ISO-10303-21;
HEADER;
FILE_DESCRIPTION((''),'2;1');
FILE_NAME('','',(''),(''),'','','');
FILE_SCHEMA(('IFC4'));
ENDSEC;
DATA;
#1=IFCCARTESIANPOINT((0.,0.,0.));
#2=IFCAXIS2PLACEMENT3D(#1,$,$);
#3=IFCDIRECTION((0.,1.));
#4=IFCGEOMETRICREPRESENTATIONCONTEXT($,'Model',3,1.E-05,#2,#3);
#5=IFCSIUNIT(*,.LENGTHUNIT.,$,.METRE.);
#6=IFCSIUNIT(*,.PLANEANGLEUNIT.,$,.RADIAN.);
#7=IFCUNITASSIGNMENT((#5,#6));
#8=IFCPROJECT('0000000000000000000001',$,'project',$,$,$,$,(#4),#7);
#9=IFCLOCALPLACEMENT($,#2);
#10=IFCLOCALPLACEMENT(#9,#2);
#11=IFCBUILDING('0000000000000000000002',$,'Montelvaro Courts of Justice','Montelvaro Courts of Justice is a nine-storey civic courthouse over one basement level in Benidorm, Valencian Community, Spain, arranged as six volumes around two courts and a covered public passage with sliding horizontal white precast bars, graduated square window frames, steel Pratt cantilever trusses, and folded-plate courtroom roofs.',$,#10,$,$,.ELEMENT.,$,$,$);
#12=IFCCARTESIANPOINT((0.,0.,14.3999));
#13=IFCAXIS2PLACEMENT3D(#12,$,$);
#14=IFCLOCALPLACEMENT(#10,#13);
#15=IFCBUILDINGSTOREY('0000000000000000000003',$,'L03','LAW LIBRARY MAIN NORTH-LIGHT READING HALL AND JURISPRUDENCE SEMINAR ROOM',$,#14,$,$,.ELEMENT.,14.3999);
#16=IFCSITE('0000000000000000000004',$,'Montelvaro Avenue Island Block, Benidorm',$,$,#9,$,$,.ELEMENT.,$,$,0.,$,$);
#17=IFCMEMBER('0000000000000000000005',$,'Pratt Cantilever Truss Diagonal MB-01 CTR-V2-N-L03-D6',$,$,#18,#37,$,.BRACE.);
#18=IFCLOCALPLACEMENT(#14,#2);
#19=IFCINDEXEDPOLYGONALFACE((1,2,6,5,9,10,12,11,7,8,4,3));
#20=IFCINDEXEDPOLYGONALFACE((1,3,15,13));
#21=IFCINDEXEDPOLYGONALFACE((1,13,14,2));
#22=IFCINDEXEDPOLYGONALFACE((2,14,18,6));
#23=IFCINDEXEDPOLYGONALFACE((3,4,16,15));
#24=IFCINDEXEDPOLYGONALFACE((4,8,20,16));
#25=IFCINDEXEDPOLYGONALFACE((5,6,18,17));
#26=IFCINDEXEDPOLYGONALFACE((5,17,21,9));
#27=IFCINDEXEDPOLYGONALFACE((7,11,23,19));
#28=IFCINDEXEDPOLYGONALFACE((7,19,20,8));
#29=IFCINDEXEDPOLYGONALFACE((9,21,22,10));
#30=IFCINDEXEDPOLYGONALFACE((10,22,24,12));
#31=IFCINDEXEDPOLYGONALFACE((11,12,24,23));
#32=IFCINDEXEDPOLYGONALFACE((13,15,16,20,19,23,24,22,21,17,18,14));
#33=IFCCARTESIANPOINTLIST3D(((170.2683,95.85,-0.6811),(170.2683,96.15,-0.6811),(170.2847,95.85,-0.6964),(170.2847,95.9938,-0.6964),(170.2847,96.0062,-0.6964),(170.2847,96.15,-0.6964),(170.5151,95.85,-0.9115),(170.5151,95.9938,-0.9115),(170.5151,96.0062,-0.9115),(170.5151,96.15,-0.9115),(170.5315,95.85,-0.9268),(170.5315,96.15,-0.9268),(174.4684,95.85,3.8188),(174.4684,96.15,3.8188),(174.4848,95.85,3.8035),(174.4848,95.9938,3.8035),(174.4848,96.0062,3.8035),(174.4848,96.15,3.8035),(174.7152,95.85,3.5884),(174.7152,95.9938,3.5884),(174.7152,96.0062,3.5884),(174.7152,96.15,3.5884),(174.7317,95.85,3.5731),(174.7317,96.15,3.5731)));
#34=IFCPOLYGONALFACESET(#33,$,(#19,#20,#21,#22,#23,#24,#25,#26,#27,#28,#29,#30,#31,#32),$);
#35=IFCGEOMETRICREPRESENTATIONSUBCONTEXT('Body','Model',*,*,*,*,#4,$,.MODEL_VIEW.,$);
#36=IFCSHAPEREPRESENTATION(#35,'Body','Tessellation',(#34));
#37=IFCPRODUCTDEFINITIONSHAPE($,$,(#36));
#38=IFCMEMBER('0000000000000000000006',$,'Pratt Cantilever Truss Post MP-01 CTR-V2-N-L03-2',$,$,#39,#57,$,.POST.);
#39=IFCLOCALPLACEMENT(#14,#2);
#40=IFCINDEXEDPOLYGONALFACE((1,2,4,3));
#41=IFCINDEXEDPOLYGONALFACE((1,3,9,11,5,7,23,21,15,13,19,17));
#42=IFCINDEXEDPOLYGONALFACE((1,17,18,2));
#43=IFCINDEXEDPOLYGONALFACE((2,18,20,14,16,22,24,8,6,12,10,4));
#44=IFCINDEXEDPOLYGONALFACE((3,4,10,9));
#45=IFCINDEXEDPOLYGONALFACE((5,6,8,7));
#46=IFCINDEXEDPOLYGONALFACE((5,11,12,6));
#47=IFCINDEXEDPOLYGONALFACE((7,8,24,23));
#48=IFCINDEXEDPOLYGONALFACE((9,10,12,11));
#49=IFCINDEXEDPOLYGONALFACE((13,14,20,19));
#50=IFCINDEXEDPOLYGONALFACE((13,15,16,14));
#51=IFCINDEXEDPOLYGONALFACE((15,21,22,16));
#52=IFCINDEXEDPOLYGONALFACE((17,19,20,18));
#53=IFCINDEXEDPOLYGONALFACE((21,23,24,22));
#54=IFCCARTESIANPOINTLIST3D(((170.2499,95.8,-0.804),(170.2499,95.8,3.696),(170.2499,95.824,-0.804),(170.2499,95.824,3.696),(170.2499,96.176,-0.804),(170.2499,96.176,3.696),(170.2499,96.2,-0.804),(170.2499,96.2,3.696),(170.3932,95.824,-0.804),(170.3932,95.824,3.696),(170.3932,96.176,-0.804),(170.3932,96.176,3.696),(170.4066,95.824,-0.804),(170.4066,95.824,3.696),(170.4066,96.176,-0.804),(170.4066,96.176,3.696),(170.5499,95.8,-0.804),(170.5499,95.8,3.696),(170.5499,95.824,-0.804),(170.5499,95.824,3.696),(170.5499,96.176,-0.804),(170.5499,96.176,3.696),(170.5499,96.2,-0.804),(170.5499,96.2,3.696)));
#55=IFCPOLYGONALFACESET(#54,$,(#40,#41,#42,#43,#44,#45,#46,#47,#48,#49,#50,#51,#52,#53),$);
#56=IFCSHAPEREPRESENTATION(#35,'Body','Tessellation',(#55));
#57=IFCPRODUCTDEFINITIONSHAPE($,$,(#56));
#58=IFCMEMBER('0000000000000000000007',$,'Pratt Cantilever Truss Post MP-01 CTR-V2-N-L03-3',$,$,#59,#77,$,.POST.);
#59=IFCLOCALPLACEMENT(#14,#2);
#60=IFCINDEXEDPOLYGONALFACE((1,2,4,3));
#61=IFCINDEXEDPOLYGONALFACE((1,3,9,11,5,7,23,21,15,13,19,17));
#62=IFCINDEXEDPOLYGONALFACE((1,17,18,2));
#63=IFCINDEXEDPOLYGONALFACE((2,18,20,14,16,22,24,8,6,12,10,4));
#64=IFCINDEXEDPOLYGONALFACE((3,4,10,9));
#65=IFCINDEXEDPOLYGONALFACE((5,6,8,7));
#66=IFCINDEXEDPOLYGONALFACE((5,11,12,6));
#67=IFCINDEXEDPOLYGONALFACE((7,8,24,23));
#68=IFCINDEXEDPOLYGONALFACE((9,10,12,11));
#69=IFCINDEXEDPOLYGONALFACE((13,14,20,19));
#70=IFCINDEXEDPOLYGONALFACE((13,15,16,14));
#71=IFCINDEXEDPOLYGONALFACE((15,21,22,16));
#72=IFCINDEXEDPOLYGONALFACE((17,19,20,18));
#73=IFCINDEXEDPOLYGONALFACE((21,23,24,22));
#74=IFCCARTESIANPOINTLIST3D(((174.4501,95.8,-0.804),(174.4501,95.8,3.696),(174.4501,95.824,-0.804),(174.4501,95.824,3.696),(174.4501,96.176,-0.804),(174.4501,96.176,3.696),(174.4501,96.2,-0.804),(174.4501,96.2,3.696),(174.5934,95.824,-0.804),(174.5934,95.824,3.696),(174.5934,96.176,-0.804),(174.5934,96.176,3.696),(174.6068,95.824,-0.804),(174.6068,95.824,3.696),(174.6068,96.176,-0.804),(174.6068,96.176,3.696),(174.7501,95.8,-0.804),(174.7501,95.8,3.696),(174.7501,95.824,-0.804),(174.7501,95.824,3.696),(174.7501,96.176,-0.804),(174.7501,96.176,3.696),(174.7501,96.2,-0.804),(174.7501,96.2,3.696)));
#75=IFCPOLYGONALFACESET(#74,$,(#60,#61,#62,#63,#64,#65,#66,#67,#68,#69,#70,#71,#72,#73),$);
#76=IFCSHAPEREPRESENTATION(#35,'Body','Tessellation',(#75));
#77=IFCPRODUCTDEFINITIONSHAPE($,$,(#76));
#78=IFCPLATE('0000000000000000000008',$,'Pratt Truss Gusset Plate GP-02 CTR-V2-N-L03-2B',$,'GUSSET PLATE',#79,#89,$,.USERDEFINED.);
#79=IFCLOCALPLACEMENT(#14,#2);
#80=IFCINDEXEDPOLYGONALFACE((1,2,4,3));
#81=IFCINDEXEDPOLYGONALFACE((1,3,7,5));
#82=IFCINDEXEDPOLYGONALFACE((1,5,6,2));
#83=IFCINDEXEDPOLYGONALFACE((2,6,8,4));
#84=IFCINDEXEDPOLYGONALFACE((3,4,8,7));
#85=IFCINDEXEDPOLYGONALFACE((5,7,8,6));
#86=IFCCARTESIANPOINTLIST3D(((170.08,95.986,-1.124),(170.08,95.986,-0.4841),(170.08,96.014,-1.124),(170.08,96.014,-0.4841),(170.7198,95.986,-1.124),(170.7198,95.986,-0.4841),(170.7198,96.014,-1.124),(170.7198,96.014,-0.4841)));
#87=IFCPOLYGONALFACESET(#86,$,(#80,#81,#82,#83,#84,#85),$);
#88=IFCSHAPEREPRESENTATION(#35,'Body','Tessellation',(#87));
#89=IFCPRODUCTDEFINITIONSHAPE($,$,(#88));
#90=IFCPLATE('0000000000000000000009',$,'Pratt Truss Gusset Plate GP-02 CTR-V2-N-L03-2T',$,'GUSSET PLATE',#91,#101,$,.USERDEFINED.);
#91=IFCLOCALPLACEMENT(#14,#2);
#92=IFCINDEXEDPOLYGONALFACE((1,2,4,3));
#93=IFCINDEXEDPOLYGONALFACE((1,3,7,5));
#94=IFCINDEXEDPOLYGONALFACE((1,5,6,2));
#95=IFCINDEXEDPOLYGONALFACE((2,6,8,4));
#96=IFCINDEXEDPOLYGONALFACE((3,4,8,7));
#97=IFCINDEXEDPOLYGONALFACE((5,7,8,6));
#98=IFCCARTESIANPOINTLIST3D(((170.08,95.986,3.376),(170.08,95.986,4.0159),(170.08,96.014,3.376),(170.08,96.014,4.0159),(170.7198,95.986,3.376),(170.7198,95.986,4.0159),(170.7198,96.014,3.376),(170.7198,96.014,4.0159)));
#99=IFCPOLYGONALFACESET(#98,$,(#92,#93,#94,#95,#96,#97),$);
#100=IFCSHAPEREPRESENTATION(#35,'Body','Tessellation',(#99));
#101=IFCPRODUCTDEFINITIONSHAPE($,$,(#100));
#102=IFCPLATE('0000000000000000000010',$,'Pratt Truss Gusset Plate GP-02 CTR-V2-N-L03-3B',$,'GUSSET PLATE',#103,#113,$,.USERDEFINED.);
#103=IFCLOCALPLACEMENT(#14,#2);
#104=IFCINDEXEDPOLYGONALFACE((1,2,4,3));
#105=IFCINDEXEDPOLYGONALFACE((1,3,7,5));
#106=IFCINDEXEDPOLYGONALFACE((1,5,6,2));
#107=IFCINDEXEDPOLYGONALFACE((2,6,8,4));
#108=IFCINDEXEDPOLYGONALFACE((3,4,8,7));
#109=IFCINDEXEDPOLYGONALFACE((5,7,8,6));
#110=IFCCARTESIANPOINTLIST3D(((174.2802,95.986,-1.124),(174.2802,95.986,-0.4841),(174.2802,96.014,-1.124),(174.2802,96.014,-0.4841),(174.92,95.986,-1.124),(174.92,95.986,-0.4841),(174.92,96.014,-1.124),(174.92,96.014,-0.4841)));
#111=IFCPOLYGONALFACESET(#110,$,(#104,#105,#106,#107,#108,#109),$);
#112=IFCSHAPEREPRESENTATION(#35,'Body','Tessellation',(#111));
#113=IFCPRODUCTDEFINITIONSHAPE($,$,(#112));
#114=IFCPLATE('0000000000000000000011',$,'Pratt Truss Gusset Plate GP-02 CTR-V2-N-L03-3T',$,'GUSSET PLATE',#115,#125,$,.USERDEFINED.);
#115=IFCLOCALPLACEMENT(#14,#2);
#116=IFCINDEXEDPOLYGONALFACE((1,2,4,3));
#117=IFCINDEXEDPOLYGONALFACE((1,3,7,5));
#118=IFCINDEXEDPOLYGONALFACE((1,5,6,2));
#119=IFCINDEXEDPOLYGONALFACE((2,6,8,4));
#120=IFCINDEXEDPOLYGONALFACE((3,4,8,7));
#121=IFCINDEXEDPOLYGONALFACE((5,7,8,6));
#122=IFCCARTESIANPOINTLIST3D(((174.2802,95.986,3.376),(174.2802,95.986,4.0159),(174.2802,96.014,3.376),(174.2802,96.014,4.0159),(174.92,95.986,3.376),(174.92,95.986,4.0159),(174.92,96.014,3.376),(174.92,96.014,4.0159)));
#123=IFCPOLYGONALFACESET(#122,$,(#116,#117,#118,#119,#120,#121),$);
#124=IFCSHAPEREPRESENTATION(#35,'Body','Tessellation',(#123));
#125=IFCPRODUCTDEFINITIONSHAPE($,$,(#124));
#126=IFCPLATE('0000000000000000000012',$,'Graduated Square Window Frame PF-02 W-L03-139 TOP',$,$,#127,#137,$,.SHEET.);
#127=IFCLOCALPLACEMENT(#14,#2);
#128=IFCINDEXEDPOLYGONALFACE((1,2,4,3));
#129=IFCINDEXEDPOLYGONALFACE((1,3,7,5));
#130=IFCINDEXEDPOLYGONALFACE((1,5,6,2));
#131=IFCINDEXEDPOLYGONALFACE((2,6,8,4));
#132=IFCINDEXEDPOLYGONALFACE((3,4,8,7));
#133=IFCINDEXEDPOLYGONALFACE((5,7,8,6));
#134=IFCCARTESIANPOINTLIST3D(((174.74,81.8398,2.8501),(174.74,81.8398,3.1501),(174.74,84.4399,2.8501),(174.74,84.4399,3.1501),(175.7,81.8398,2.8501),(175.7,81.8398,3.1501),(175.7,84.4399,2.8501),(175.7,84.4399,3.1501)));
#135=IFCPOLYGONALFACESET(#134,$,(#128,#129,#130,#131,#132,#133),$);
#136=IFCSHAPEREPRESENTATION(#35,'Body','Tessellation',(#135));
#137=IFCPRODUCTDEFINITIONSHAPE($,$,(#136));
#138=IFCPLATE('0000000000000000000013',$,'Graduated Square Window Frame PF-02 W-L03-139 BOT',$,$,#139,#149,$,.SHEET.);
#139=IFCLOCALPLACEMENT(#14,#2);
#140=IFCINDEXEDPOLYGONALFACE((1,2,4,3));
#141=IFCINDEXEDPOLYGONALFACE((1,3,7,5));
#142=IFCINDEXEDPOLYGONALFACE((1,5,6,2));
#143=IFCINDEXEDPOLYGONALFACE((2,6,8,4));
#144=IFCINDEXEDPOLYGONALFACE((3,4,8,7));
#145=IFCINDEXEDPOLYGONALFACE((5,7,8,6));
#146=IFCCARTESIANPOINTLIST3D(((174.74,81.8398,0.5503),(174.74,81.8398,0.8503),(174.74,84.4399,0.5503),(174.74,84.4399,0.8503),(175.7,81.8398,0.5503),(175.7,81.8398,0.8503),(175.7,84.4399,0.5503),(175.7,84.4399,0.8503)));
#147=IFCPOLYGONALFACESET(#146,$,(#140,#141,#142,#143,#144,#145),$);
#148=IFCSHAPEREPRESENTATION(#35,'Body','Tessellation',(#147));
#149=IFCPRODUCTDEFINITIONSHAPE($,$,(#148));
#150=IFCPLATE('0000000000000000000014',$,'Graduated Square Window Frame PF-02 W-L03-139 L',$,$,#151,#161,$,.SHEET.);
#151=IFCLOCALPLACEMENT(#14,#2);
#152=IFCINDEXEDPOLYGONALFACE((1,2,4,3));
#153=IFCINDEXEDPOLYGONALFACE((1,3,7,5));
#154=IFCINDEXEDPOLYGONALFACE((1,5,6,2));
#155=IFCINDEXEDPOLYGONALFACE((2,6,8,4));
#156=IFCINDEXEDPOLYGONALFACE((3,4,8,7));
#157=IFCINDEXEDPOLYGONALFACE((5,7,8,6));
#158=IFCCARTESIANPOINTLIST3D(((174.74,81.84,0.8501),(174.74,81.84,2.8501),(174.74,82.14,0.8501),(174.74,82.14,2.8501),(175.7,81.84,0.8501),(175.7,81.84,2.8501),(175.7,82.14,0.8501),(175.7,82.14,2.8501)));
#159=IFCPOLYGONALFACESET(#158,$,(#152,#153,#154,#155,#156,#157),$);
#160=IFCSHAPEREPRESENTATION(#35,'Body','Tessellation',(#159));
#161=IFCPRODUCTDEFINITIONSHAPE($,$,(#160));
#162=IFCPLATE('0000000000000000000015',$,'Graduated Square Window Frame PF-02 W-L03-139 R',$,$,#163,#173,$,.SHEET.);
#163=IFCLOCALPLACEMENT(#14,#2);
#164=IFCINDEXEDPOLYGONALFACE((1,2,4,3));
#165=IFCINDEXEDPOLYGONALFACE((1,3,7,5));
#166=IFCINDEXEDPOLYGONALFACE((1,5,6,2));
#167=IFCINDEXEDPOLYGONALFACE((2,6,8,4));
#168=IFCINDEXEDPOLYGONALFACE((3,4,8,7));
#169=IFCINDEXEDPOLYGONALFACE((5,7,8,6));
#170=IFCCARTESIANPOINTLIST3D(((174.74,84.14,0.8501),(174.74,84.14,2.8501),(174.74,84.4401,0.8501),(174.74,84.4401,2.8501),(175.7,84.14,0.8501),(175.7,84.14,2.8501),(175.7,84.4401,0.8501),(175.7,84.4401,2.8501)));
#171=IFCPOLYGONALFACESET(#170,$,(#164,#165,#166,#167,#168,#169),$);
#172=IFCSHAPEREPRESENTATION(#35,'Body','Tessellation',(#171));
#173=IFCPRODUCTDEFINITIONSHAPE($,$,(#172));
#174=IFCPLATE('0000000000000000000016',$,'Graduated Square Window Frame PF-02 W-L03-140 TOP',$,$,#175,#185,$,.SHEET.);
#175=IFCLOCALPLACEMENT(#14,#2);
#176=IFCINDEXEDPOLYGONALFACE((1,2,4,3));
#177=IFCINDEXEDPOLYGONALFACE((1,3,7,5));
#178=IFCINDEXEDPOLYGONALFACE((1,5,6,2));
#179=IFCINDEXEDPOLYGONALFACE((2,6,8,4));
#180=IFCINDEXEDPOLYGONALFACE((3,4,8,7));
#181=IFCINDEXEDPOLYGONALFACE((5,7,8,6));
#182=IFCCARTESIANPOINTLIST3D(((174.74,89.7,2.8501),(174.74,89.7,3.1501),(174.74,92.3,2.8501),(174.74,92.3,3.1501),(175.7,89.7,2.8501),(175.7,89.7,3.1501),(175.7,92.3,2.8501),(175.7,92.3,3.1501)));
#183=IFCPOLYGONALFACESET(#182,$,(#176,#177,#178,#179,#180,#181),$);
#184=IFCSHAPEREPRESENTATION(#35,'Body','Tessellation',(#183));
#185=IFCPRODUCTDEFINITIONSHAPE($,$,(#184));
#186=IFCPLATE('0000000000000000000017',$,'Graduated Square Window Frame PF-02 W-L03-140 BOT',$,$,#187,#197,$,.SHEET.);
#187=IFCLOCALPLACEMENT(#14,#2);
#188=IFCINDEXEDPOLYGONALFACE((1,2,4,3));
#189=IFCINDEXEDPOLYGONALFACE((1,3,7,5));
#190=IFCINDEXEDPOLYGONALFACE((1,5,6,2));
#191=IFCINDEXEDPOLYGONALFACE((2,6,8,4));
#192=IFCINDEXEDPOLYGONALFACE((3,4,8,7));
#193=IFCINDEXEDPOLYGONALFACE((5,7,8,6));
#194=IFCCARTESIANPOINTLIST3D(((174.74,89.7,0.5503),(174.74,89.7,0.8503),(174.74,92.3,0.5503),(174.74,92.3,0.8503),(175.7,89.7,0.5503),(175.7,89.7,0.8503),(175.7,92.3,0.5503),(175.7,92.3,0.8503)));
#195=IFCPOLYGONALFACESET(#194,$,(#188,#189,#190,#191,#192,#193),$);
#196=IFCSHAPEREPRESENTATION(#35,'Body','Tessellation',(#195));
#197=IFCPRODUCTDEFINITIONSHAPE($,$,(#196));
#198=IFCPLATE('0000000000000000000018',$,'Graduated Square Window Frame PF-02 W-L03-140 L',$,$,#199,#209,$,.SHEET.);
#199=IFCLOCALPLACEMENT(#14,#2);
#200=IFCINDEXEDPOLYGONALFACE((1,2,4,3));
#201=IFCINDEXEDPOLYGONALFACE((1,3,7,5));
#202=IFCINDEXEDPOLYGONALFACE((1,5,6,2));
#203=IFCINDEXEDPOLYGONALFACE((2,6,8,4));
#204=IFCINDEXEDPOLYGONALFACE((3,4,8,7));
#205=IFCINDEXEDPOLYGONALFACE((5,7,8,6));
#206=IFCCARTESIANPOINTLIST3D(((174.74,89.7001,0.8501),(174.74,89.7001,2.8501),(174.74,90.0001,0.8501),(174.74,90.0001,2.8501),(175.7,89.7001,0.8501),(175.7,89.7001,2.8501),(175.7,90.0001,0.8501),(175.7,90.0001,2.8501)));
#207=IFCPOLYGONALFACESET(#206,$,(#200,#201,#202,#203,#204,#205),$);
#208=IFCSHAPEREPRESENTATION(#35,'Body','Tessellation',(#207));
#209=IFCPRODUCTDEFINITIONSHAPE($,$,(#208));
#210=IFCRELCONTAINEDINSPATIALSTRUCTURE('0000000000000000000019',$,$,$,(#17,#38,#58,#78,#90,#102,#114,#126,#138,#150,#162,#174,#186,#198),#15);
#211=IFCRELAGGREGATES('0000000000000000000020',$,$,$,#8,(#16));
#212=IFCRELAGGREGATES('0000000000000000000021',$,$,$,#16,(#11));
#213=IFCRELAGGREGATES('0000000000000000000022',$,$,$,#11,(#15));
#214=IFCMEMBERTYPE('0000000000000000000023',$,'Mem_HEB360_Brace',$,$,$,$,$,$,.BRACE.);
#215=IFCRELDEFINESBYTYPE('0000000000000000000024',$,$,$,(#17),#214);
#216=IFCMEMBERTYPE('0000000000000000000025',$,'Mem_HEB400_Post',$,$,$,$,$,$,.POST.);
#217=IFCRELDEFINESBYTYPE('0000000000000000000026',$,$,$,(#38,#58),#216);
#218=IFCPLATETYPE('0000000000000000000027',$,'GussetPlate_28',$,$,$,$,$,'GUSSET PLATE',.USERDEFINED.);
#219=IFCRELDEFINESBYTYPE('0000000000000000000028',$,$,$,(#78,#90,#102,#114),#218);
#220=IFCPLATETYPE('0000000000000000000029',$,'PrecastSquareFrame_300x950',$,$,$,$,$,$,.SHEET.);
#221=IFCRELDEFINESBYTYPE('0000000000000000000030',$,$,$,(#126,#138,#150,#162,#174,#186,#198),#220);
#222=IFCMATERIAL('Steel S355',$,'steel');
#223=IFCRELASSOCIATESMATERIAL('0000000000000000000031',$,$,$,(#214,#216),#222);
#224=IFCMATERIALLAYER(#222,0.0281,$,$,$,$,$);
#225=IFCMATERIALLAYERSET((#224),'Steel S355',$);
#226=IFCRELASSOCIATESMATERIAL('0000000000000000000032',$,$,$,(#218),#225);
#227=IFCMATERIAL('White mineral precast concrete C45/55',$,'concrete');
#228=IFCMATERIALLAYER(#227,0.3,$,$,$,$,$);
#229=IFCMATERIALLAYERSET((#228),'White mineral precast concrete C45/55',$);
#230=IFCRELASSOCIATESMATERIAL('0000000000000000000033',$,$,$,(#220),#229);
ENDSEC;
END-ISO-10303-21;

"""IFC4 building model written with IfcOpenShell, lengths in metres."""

from ifc_helpers import new_model, si_unit, direction, frame, origin, origin_2d, place, context, subcontext, project, spatial, rectangle, i_section, extrude, material, layer, layer_set, material_profile, profile_set, type_object, element, save


model = new_model("IFC4")

# Units and contexts
model_context = context("Model", 3, precision=1e-05, world=origin(), true_north=direction((0.0, 1.0)))
body_context = subcontext(model_context, "Body", "Model", "MODEL_VIEW")
ifc_project = project(units=[si_unit("LENGTHUNIT", "METRE"), si_unit("PLANEANGLEUNIT", "RADIAN")], contexts=[model_context])

# Site, building, storey
site_placement = place(None, origin())
site = spatial("IfcSite", under=ifc_project, at=site_placement, Name="Montelvaro Avenue Island Block, Benidorm", CompositionType="ELEMENT", RefElevation=0.0)
building_placement = place(site_placement, origin())
building = spatial("IfcBuilding", under=site, at=building_placement, Name="Montelvaro Courts of Justice", Description="Montelvaro Courts of Justice is a nine-storey civic courthouse over one basement level in Benidorm, Valencian Community, Spain, arranged as six volumes around two courts and a covered public passage with sliding horizontal white precast bars, graduated square window frames, steel Pratt cantilever trusses, and folded-plate courtroom roofs.", CompositionType="ELEMENT")
storey_placement = place(building_placement, frame((0.0, 0.0, 14.3999)))
storey = spatial("IfcBuildingStorey", under=building, at=storey_placement, Name="L03", Description="LAW LIBRARY MAIN NORTH-LIGHT READING HALL AND JURISPRUDENCE SEMINAR ROOM", CompositionType="ELEMENT", Elevation=14.3999)

# Members
ifc_material_1 = material(Name="Steel S355", Category="steel")
ifc_material_profile_1 = material_profile(ifc_material_1, i_section(OverallWidth=0.3, OverallDepth=0.3601, WebThickness=0.0125, FlangeThickness=0.0225, at=origin_2d()), Name="HEB 360")
ifc_profile_set_1 = profile_set([ifc_material_profile_1], Name="Steel S355")
member_type_1 = type_object("IfcMemberType", Name="Mem_HEB360_Brace", PredefinedType="BRACE", material=ifc_profile_set_1)
member_placement = place(storey_placement, frame((170.3999, 96.0, -0.804), z_axis=(0.682335, 0.0, 0.731039), x_axis=(0.0, 1.0, 0.0)))
element("IfcMember", 1, at=member_placement, inside=storey, type_object=member_type_1, Name="Pratt Cantilever Truss Diagonal MB-01 CTR-V2-N-L03-D6", PredefinedType="BRACE", context=body_context, shape_type="SweptSolid", body=[
    extrude(i_section(OverallWidth=0.3, OverallDepth=0.3601, WebThickness=0.0125, FlangeThickness=0.0225, at=origin_2d()), origin(), (0.0, 0.0, 1.0), 6.1555),
])
ifc_material_profile_2 = material_profile(ifc_material_1, i_section(OverallWidth=0.3, OverallDepth=0.3999, WebThickness=0.0134, FlangeThickness=0.0239, at=origin_2d()), Name="HEB 400")
ifc_profile_set_2 = profile_set([ifc_material_profile_2], Name="Steel S355")
member_type_2 = type_object("IfcMemberType", Name="Mem_HEB400_Post", PredefinedType="POST", material=ifc_profile_set_2)
for number, where, z_axis, x_axis, name in (
    (2, (170.3999, 96.0, -0.804), (0.0, 0.0, 1.0), (1.0, 0.0, 0.0), "Pratt Cantilever Truss Post MP-01 CTR-V2-N-L03-2"),
    (3, (174.6001, 96.0, -0.804), (0.0, 0.0, 1.0), (1.0, 0.0, 0.0), "Pratt Cantilever Truss Post MP-01 CTR-V2-N-L03-3"),
):
    element("IfcMember", number, at=place(storey_placement, frame(where, z_axis=z_axis, x_axis=x_axis)), inside=storey, type_object=member_type_2, Name=name, PredefinedType="POST", context=body_context, shape_type="SweptSolid", body=[
        extrude(i_section(OverallWidth=0.3, OverallDepth=0.3999, WebThickness=0.0134, FlangeThickness=0.0239, at=origin_2d()), origin(), (0.0, 0.0, 1.0), 4.5),
    ])

# Plates
ifc_layer_1 = layer(ifc_material_1, 0.0281)
ifc_layer_set_1 = layer_set([ifc_layer_1], Name="Steel S355")
plate_type_1 = type_object("IfcPlateType", Name="GussetPlate_28", ElementType="GUSSET PLATE", PredefinedType="USERDEFINED", material=ifc_layer_set_1)
for number, where, z_axis, x_axis, name in (
    (4, (170.3999, 96.0, -1.124), (0.0, 0.0, 1.0), (1.0, 0.0, 0.0), "Pratt Truss Gusset Plate GP-02 CTR-V2-N-L03-2B"),
    (5, (170.3999, 96.0, 3.376), (0.0, 0.0, 1.0), (1.0, 0.0, 0.0), "Pratt Truss Gusset Plate GP-02 CTR-V2-N-L03-2T"),
    (6, (174.6001, 96.0, -1.124), (0.0, 0.0, 1.0), (1.0, 0.0, 0.0), "Pratt Truss Gusset Plate GP-02 CTR-V2-N-L03-3B"),
    (7, (174.6001, 96.0, 3.376), (0.0, 0.0, 1.0), (1.0, 0.0, 0.0), "Pratt Truss Gusset Plate GP-02 CTR-V2-N-L03-3T"),
):
    element("IfcPlate", number, at=place(storey_placement, frame(where, z_axis=z_axis, x_axis=x_axis)), inside=storey, type_object=plate_type_1, Name=name, ObjectType="GUSSET PLATE", PredefinedType="USERDEFINED", context=body_context, shape_type="SweptSolid", body=[
        extrude(rectangle(XDim=0.6399, YDim=0.0281, at=origin_2d()), origin(), (0.0, 0.0, 1.0), 0.6399),
    ])
ifc_material_2 = material(Name="White mineral precast concrete C45/55", Category="concrete")
ifc_layer_2 = layer(ifc_material_2, 0.3)
ifc_layer_set_2 = layer_set([ifc_layer_2], Name="White mineral precast concrete C45/55")
plate_type_2 = type_object("IfcPlateType", Name="PrecastSquareFrame_300x950", PredefinedType="SHEET", material=ifc_layer_set_2)
for number, where, z_axis, x_axis, name in (
    (8, (175.22, 83.1399, 2.8501), (0.0, 0.0, 1.0), (0.0, 1.0, 0.0), "Graduated Square Window Frame PF-02 W-L03-139 TOP"),
    (9, (175.22, 83.1399, 0.5503), (0.0, 0.0, 1.0), (0.0, 1.0, 0.0), "Graduated Square Window Frame PF-02 W-L03-139 BOT"),
):
    element("IfcPlate", number, at=place(storey_placement, frame(where, z_axis=z_axis, x_axis=x_axis)), inside=storey, type_object=plate_type_2, Name=name, PredefinedType="SHEET", context=body_context, shape_type="SweptSolid", body=[
        extrude(rectangle(XDim=2.6001, YDim=0.96, at=origin_2d()), origin(), (0.0, 0.0, 1.0), 0.3),
    ])
for number, where, z_axis, x_axis, name in (
    (10, (175.22, 81.99, 0.8501), (0.0, 0.0, 1.0), (0.0, 1.0, 0.0), "Graduated Square Window Frame PF-02 W-L03-139 L"),
    (11, (175.22, 84.29, 0.8501), (0.0, 0.0, 1.0), (0.0, 1.0, 0.0), "Graduated Square Window Frame PF-02 W-L03-139 R"),
):
    element("IfcPlate", number, at=place(storey_placement, frame(where, z_axis=z_axis, x_axis=x_axis)), inside=storey, type_object=plate_type_2, Name=name, PredefinedType="SHEET", context=body_context, shape_type="SweptSolid", body=[
        extrude(rectangle(XDim=0.3, YDim=0.96, at=origin_2d()), origin(), (0.0, 0.0, 1.0), 2.0),
    ])
for number, where, z_axis, x_axis, name in (
    (12, (175.22, 91.0, 2.8501), (0.0, 0.0, 1.0), (0.0, 1.0, 0.0), "Graduated Square Window Frame PF-02 W-L03-140 TOP"),
    (13, (175.22, 91.0, 0.5503), (0.0, 0.0, 1.0), (0.0, 1.0, 0.0), "Graduated Square Window Frame PF-02 W-L03-140 BOT"),
):
    element("IfcPlate", number, at=place(storey_placement, frame(where, z_axis=z_axis, x_axis=x_axis)), inside=storey, type_object=plate_type_2, Name=name, PredefinedType="SHEET", context=body_context, shape_type="SweptSolid", body=[
        extrude(rectangle(XDim=2.6001, YDim=0.96, at=origin_2d()), origin(), (0.0, 0.0, 1.0), 0.3),
    ])
for number, where, z_axis, x_axis, name in (
    (14, (175.22, 89.8501, 0.8501), (0.0, 0.0, 1.0), (0.0, 1.0, 0.0), "Graduated Square Window Frame PF-02 W-L03-140 L"),
):
    element("IfcPlate", number, at=place(storey_placement, frame(where, z_axis=z_axis, x_axis=x_axis)), inside=storey, type_object=plate_type_2, Name=name, PredefinedType="SHEET", context=body_context, shape_type="SweptSolid", body=[
        extrude(rectangle(XDim=0.3, YDim=0.96, at=origin_2d()), origin(), (0.0, 0.0, 1.0), 2.0),
    ])

save(model, "model.ifc")
